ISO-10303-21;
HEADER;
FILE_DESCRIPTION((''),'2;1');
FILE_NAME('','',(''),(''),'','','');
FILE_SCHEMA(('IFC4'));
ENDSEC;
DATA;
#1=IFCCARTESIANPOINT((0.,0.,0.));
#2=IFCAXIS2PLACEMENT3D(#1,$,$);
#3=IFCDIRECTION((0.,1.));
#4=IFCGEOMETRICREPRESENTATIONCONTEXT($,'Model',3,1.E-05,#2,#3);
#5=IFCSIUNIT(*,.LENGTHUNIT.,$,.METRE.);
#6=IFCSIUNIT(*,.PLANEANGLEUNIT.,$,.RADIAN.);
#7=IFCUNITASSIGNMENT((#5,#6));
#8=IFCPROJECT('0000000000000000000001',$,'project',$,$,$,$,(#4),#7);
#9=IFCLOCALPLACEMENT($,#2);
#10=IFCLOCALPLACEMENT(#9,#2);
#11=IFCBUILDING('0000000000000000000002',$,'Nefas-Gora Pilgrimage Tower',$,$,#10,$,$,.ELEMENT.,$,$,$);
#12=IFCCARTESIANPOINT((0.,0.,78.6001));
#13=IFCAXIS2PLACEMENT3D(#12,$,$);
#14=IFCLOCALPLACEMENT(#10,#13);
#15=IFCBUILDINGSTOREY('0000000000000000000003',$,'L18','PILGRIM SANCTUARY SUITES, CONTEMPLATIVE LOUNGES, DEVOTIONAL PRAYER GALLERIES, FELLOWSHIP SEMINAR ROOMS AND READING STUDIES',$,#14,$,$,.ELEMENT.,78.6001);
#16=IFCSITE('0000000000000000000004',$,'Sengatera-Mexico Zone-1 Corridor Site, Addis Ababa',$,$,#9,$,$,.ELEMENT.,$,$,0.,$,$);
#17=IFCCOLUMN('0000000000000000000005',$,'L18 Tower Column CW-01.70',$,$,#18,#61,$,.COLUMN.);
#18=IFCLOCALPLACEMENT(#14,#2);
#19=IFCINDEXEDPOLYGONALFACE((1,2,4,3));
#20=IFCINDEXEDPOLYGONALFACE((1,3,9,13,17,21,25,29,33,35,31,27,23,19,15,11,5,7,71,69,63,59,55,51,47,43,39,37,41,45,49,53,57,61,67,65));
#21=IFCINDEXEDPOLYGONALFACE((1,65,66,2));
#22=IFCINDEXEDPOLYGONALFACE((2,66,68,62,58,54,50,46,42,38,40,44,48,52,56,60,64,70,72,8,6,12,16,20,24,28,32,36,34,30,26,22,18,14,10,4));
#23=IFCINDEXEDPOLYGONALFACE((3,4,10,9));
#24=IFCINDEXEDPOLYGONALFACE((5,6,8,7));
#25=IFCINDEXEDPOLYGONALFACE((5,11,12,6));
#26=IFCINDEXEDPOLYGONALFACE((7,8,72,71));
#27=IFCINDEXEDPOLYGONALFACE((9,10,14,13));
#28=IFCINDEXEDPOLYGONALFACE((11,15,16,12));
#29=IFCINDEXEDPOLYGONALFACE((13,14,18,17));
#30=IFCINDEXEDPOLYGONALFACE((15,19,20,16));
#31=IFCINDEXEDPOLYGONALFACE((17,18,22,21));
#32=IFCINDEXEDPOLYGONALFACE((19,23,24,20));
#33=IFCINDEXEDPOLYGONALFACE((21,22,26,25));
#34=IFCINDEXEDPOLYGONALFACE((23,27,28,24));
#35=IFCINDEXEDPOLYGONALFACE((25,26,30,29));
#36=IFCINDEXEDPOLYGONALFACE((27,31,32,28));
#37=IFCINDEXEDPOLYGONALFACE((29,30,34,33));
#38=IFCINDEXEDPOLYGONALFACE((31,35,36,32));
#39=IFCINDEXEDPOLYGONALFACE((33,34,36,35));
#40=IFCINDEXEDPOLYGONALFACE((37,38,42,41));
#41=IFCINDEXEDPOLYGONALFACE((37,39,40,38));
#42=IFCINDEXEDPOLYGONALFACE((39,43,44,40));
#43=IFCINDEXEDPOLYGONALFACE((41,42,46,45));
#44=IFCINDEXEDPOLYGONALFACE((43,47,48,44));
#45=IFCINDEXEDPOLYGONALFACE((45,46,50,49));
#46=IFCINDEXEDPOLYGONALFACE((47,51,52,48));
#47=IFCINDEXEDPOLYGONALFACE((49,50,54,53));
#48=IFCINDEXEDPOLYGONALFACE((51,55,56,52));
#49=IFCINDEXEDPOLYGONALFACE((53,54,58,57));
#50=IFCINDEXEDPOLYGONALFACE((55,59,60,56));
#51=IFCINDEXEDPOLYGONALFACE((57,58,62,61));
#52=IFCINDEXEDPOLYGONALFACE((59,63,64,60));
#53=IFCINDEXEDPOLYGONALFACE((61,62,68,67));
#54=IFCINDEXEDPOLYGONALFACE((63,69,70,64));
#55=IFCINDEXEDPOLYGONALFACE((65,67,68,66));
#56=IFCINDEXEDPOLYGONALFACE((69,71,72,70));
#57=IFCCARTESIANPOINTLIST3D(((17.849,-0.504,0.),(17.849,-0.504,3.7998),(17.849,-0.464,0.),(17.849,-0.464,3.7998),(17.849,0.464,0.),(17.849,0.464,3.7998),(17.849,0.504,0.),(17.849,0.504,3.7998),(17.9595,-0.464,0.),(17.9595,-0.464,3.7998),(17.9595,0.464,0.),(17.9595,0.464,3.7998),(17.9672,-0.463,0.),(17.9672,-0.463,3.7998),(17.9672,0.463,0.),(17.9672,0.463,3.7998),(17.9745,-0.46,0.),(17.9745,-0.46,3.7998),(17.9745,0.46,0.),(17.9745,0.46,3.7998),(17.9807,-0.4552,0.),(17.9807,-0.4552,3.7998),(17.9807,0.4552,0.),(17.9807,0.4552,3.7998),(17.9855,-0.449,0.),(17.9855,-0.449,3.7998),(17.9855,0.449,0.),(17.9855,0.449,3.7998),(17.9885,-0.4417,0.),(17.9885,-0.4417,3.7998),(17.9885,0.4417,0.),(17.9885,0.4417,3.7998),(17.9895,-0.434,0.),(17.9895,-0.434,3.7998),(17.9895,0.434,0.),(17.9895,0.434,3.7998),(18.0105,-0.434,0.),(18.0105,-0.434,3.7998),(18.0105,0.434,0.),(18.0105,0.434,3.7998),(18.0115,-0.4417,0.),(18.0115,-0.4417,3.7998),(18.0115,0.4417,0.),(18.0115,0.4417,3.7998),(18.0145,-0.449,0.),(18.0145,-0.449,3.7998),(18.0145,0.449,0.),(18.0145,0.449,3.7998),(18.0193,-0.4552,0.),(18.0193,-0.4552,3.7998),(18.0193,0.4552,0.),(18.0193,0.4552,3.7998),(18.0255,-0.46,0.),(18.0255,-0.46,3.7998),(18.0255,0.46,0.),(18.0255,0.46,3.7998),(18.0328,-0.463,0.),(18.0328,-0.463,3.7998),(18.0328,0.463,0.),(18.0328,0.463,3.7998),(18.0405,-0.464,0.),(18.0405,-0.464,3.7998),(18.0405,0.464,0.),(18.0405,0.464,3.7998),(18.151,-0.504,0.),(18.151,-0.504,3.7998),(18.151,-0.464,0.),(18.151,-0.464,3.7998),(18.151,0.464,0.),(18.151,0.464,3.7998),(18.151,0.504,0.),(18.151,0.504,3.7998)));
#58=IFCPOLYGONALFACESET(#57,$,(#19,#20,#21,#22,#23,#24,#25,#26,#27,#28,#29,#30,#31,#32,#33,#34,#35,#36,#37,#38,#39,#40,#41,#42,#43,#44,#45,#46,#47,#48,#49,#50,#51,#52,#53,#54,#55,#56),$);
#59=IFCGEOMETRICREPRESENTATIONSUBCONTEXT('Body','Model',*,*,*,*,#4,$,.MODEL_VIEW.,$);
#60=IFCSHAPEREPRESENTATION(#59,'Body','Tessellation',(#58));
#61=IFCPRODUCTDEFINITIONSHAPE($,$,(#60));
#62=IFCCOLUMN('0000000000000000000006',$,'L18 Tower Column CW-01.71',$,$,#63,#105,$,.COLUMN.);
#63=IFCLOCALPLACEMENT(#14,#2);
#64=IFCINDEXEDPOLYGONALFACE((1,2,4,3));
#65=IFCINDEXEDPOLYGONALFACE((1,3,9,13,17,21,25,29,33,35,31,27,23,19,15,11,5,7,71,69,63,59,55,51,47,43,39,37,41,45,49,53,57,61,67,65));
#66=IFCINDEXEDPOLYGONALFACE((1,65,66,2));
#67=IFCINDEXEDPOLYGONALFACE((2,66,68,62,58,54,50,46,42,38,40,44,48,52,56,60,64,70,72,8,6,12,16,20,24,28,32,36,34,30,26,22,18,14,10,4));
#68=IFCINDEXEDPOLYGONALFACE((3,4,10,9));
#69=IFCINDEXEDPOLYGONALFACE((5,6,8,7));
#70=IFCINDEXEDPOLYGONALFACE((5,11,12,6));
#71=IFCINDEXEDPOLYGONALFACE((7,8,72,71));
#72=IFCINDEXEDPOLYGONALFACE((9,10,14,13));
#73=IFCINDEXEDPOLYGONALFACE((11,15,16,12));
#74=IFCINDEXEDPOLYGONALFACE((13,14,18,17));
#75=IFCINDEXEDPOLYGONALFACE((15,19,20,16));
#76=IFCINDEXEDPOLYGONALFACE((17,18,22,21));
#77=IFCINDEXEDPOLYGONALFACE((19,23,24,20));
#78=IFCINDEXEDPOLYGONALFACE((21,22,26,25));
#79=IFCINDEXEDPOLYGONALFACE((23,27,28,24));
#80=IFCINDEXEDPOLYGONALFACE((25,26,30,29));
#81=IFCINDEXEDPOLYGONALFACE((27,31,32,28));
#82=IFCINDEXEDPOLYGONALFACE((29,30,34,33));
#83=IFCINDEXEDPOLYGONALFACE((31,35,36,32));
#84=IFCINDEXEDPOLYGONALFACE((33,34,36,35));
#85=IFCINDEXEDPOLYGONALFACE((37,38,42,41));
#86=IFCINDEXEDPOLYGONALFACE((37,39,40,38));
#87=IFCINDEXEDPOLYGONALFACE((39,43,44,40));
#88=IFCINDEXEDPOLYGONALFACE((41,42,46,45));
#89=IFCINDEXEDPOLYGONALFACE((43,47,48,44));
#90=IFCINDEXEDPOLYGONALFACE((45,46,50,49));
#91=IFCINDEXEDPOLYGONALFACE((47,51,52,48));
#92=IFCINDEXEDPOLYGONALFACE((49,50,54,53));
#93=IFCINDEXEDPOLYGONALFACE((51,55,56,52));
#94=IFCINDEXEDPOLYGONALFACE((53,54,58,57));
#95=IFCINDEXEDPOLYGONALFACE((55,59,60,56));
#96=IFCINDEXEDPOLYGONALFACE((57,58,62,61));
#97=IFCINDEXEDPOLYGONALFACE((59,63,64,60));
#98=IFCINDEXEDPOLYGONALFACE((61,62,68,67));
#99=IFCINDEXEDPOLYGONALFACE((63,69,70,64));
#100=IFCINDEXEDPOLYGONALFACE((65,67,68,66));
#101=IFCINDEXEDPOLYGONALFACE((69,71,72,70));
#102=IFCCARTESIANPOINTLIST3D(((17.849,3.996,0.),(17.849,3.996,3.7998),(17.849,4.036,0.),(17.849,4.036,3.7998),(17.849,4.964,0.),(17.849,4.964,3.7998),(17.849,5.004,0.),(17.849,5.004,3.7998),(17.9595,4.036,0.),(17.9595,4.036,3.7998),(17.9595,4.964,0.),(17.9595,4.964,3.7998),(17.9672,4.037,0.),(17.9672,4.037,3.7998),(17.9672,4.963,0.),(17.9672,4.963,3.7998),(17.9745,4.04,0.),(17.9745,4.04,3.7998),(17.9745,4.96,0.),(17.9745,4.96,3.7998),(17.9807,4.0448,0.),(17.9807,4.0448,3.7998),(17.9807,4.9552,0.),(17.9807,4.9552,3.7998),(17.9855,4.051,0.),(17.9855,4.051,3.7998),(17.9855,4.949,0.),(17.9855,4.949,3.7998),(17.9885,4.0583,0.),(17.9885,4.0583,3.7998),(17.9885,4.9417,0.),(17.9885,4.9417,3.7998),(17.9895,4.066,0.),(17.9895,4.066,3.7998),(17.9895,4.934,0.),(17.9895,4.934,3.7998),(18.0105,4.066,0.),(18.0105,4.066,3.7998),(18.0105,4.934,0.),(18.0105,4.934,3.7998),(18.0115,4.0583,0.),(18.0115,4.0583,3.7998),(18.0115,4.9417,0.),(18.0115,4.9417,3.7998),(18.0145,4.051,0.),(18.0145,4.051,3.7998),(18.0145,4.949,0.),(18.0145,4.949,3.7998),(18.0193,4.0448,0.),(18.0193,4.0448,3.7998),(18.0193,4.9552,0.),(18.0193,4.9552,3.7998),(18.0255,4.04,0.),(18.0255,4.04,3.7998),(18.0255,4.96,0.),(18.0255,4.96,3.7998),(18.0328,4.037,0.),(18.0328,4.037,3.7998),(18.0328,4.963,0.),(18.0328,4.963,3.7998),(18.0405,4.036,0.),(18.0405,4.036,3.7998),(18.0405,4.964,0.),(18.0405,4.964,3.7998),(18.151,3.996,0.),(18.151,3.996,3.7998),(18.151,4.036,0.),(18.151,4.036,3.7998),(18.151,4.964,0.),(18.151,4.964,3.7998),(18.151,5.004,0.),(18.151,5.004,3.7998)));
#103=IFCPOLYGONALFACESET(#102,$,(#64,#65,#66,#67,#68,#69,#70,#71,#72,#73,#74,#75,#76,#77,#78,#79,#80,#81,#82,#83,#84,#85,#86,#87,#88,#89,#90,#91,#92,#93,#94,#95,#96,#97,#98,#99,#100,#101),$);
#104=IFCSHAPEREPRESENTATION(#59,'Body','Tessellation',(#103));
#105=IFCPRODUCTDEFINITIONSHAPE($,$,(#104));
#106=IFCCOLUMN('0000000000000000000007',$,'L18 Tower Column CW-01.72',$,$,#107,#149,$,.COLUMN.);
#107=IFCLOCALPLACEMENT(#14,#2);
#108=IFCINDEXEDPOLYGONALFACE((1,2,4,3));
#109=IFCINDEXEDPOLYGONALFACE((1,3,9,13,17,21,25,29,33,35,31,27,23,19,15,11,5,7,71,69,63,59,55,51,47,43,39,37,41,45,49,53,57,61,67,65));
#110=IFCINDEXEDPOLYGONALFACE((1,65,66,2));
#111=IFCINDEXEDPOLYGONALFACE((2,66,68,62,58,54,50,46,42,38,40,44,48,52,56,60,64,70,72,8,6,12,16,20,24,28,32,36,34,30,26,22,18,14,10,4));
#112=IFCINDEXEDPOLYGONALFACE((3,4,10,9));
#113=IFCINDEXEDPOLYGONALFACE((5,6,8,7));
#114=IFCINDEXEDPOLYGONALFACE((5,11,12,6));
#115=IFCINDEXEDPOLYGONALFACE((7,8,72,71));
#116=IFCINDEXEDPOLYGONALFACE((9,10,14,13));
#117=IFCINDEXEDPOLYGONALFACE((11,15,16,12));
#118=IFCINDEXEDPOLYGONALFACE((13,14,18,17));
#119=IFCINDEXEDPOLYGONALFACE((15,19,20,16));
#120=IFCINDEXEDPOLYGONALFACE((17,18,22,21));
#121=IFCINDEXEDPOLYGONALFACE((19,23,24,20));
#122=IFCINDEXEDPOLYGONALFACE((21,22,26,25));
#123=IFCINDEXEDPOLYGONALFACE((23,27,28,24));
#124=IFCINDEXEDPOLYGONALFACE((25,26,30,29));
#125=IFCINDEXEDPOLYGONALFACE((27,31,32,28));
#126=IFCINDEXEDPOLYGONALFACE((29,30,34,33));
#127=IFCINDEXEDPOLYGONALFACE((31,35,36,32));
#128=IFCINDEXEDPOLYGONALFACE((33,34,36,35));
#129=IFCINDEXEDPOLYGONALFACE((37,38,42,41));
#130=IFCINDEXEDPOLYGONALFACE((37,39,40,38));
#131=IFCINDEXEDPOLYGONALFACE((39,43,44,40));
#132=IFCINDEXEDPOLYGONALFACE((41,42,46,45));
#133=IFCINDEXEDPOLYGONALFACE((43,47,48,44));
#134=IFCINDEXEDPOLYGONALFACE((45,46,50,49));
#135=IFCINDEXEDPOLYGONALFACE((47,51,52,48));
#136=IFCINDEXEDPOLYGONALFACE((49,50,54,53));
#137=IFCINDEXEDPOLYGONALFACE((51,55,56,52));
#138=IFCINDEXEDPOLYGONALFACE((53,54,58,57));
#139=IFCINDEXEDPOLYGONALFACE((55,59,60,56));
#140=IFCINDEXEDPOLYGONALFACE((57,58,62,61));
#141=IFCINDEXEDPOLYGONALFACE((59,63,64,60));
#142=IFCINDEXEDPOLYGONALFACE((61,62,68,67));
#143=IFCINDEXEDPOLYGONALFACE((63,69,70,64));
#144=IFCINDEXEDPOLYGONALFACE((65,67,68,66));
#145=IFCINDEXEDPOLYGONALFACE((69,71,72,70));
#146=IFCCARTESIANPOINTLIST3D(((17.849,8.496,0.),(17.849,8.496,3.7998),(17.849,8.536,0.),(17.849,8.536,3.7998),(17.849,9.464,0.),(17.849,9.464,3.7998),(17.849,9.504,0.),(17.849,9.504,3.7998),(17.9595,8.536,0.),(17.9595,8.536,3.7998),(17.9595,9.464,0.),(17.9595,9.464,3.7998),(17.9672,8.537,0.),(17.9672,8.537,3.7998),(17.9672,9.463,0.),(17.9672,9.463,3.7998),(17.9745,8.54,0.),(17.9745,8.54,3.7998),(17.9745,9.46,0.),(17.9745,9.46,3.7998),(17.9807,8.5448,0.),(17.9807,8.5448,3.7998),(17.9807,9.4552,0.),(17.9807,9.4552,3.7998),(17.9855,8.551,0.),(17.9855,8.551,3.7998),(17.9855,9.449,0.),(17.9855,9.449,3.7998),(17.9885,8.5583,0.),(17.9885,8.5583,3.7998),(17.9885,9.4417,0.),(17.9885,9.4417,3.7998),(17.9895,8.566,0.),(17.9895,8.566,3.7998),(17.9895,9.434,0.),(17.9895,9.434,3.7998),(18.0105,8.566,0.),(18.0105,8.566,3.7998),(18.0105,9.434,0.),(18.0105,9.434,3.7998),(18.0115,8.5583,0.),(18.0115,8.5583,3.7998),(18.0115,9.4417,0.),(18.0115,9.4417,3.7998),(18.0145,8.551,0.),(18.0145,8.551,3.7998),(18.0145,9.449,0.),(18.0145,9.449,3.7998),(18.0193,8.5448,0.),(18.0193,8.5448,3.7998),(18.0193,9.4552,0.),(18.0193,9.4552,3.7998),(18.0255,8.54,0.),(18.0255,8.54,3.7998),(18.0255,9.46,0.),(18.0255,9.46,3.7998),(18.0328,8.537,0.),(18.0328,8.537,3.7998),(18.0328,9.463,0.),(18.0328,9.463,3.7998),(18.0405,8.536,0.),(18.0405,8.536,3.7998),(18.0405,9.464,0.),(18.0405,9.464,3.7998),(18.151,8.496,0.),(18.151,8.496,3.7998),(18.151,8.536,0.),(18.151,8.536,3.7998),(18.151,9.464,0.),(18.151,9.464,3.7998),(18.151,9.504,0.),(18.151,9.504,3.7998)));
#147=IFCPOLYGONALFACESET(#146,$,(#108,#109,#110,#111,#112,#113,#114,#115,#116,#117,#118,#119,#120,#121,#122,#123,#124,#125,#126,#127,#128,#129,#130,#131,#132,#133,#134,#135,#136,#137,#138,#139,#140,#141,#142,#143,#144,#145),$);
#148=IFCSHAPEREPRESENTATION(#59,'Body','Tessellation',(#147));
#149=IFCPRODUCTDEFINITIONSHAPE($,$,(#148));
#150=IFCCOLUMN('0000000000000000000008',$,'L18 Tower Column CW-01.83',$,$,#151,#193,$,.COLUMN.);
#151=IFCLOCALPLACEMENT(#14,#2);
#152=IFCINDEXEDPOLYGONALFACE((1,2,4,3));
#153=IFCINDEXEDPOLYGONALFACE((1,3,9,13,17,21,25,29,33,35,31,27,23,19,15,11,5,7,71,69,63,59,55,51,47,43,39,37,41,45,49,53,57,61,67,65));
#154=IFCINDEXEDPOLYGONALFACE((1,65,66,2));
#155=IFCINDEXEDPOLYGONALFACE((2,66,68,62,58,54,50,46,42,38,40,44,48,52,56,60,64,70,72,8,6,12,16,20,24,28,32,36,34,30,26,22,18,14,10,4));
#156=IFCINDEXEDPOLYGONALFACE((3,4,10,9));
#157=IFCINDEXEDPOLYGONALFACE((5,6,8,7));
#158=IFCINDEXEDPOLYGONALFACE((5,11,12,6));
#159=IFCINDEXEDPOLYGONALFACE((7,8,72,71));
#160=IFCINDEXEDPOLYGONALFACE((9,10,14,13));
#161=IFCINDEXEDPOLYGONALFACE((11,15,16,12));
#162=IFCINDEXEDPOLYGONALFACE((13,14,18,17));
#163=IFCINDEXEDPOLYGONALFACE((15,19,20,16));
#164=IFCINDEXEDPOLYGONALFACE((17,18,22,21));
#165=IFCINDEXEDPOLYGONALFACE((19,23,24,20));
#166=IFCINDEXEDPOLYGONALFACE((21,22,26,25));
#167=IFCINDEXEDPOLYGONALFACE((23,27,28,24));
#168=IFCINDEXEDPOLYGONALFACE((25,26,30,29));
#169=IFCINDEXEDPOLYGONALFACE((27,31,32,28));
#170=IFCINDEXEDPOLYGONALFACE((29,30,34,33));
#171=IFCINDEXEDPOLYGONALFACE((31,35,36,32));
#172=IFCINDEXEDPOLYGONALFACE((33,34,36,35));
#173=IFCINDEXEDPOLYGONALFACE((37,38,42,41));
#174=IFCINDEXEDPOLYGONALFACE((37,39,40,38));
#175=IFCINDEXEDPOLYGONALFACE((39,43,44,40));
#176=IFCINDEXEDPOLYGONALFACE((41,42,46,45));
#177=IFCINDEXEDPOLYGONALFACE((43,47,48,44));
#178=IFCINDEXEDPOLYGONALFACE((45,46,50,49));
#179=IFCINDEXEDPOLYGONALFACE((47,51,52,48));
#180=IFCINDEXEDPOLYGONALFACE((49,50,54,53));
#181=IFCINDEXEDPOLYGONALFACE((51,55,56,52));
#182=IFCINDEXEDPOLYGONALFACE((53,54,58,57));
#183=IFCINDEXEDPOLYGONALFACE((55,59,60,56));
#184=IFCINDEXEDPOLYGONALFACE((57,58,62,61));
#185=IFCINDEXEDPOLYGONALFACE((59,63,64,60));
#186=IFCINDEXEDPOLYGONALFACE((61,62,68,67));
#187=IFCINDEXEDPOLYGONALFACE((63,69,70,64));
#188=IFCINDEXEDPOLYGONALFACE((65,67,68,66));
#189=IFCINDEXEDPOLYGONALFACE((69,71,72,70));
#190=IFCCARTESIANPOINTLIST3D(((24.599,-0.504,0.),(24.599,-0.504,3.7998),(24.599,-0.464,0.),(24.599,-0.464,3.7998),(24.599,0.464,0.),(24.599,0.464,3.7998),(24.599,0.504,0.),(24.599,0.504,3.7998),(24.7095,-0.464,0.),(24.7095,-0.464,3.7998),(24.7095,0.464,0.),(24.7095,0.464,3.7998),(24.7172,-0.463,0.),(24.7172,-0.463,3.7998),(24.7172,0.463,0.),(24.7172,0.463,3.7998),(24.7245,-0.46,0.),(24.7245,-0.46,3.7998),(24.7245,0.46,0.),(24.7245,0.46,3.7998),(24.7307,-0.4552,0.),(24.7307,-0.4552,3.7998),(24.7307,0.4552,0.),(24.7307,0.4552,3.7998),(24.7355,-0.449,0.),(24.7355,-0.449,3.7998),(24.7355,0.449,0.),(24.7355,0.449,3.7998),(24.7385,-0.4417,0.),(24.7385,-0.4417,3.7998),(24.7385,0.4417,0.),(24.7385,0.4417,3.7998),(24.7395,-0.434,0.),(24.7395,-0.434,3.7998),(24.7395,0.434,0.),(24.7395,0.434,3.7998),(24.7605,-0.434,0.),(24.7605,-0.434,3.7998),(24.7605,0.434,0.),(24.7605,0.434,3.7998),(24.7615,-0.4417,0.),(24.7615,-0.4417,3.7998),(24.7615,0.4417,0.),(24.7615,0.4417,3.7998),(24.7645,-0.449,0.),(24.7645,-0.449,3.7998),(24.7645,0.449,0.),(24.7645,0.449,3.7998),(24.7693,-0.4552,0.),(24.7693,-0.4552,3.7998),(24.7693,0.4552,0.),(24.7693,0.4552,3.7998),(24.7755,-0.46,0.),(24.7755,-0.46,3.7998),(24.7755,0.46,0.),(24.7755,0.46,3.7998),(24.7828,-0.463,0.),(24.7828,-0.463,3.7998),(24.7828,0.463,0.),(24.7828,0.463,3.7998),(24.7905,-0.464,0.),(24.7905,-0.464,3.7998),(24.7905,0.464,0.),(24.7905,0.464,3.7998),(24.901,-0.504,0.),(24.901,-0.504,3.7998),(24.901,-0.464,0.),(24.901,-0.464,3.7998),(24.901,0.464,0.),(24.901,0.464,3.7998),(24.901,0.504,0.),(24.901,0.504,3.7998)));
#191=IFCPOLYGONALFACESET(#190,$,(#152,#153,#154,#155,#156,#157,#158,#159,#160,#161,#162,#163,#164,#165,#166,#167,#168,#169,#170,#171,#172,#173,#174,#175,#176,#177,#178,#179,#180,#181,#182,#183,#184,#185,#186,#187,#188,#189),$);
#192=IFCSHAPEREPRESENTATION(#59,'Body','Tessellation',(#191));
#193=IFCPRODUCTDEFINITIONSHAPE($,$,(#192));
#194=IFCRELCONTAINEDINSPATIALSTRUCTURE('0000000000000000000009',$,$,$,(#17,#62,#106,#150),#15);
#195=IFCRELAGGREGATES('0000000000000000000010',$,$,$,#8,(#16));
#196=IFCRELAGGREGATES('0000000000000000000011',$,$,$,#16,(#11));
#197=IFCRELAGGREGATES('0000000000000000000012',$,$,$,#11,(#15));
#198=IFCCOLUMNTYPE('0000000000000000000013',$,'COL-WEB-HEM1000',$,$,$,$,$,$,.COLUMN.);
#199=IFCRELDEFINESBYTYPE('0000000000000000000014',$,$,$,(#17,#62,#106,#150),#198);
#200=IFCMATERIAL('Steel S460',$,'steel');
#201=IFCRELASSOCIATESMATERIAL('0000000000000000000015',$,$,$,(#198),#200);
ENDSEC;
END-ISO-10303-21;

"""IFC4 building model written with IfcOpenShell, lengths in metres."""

from ifc_helpers import new_model, si_unit, direction, frame, origin, origin_2d, place, context, subcontext, project, spatial, i_section, extrude, source, transform, mapped, material, material_profile, profile_set, type_object, element, save


model = new_model("IFC4")

# Units and contexts
model_context = context("Model", 3, precision=1e-05, world=origin(), true_north=direction((0.0, 1.0)))
body_context = subcontext(model_context, "Body", "Model", "MODEL_VIEW")
ifc_project = project(units=[si_unit("LENGTHUNIT", "METRE"), si_unit("PLANEANGLEUNIT", "RADIAN")], contexts=[model_context])

# Site, building, storey
site_placement = place(None, origin())
site = spatial("IfcSite", under=ifc_project, at=site_placement, Name="Sengatera-Mexico Zone-1 Corridor Site, Addis Ababa", CompositionType="ELEMENT", RefElevation=0.0)
building_placement = place(site_placement, origin())
building = spatial("IfcBuilding", under=site, at=building_placement, Name="Nefas-Gora Pilgrimage Tower", CompositionType="ELEMENT")
storey_placement = place(building_placement, frame((0.0, 0.0, 78.6001)))
storey = spatial("IfcBuildingStorey", under=building, at=storey_placement, Name="L18", Description="PILGRIM SANCTUARY SUITES, CONTEMPLATIVE LOUNGES, DEVOTIONAL PRAYER GALLERIES, FELLOWSHIP SEMINAR ROOMS AND READING STUDIES", CompositionType="ELEMENT", Elevation=78.6001)

# Columns
ifc_material_1 = material(Name="Steel S460", Category="steel")
ifc_material_profile_1 = material_profile(ifc_material_1, i_section(OverallWidth=0.302, OverallDepth=1.0081, WebThickness=0.021, FlangeThickness=0.04, FilletRadius=0.03, at=origin_2d()), Name="HEM 1000")
ifc_profile_set_1 = profile_set([ifc_material_profile_1], Name="Steel S460")
column_type_1 = type_object("IfcColumnType", Name="COL-WEB-HEM1000", PredefinedType="COLUMN", material=ifc_profile_set_1)
shared_shape_1 = source(origin(), body_context, "Body", "SweptSolid", [
    extrude(i_section(OverallWidth=0.302, OverallDepth=1.0081, WebThickness=0.021, FlangeThickness=0.04, FilletRadius=0.03, at=origin_2d()), origin(), (0.0, 0.0, 1.0), 3.7998),
])
for number, where, z_axis, x_axis, name in (
    (1, (18.0, 0.0, 0.0), (0.0, 0.0, 1.0), (1.0, 0.0, 0.0), "L18 Tower Column CW-01.70"),
    (2, (18.0, 4.5, 0.0), (0.0, 0.0, 1.0), (1.0, 0.0, 0.0), "L18 Tower Column CW-01.71"),
    (3, (18.0, 9.0, 0.0), (0.0, 0.0, 1.0), (1.0, 0.0, 0.0), "L18 Tower Column CW-01.72"),
    (4, (24.75, 0.0, 0.0), (0.0, 0.0, 1.0), (1.0, 0.0, 0.0), "L18 Tower Column CW-01.83"),
):
    element("IfcColumn", number, at=place(storey_placement, frame(where, z_axis=z_axis, x_axis=x_axis)), inside=storey, type_object=column_type_1, Name=name, PredefinedType="COLUMN", context=body_context, shape_type="MappedRepresentation", body=[
        mapped(shared_shape_1, transform((0.0, 0.0, 0.0), x_axis=(1.0, 0.0, 0.0), y_axis=(0.0, 1.0, 0.0), z_axis=(0.0, 0.0, 1.0), scale=1.0)),
    ])

save(model, "model.ifc")
